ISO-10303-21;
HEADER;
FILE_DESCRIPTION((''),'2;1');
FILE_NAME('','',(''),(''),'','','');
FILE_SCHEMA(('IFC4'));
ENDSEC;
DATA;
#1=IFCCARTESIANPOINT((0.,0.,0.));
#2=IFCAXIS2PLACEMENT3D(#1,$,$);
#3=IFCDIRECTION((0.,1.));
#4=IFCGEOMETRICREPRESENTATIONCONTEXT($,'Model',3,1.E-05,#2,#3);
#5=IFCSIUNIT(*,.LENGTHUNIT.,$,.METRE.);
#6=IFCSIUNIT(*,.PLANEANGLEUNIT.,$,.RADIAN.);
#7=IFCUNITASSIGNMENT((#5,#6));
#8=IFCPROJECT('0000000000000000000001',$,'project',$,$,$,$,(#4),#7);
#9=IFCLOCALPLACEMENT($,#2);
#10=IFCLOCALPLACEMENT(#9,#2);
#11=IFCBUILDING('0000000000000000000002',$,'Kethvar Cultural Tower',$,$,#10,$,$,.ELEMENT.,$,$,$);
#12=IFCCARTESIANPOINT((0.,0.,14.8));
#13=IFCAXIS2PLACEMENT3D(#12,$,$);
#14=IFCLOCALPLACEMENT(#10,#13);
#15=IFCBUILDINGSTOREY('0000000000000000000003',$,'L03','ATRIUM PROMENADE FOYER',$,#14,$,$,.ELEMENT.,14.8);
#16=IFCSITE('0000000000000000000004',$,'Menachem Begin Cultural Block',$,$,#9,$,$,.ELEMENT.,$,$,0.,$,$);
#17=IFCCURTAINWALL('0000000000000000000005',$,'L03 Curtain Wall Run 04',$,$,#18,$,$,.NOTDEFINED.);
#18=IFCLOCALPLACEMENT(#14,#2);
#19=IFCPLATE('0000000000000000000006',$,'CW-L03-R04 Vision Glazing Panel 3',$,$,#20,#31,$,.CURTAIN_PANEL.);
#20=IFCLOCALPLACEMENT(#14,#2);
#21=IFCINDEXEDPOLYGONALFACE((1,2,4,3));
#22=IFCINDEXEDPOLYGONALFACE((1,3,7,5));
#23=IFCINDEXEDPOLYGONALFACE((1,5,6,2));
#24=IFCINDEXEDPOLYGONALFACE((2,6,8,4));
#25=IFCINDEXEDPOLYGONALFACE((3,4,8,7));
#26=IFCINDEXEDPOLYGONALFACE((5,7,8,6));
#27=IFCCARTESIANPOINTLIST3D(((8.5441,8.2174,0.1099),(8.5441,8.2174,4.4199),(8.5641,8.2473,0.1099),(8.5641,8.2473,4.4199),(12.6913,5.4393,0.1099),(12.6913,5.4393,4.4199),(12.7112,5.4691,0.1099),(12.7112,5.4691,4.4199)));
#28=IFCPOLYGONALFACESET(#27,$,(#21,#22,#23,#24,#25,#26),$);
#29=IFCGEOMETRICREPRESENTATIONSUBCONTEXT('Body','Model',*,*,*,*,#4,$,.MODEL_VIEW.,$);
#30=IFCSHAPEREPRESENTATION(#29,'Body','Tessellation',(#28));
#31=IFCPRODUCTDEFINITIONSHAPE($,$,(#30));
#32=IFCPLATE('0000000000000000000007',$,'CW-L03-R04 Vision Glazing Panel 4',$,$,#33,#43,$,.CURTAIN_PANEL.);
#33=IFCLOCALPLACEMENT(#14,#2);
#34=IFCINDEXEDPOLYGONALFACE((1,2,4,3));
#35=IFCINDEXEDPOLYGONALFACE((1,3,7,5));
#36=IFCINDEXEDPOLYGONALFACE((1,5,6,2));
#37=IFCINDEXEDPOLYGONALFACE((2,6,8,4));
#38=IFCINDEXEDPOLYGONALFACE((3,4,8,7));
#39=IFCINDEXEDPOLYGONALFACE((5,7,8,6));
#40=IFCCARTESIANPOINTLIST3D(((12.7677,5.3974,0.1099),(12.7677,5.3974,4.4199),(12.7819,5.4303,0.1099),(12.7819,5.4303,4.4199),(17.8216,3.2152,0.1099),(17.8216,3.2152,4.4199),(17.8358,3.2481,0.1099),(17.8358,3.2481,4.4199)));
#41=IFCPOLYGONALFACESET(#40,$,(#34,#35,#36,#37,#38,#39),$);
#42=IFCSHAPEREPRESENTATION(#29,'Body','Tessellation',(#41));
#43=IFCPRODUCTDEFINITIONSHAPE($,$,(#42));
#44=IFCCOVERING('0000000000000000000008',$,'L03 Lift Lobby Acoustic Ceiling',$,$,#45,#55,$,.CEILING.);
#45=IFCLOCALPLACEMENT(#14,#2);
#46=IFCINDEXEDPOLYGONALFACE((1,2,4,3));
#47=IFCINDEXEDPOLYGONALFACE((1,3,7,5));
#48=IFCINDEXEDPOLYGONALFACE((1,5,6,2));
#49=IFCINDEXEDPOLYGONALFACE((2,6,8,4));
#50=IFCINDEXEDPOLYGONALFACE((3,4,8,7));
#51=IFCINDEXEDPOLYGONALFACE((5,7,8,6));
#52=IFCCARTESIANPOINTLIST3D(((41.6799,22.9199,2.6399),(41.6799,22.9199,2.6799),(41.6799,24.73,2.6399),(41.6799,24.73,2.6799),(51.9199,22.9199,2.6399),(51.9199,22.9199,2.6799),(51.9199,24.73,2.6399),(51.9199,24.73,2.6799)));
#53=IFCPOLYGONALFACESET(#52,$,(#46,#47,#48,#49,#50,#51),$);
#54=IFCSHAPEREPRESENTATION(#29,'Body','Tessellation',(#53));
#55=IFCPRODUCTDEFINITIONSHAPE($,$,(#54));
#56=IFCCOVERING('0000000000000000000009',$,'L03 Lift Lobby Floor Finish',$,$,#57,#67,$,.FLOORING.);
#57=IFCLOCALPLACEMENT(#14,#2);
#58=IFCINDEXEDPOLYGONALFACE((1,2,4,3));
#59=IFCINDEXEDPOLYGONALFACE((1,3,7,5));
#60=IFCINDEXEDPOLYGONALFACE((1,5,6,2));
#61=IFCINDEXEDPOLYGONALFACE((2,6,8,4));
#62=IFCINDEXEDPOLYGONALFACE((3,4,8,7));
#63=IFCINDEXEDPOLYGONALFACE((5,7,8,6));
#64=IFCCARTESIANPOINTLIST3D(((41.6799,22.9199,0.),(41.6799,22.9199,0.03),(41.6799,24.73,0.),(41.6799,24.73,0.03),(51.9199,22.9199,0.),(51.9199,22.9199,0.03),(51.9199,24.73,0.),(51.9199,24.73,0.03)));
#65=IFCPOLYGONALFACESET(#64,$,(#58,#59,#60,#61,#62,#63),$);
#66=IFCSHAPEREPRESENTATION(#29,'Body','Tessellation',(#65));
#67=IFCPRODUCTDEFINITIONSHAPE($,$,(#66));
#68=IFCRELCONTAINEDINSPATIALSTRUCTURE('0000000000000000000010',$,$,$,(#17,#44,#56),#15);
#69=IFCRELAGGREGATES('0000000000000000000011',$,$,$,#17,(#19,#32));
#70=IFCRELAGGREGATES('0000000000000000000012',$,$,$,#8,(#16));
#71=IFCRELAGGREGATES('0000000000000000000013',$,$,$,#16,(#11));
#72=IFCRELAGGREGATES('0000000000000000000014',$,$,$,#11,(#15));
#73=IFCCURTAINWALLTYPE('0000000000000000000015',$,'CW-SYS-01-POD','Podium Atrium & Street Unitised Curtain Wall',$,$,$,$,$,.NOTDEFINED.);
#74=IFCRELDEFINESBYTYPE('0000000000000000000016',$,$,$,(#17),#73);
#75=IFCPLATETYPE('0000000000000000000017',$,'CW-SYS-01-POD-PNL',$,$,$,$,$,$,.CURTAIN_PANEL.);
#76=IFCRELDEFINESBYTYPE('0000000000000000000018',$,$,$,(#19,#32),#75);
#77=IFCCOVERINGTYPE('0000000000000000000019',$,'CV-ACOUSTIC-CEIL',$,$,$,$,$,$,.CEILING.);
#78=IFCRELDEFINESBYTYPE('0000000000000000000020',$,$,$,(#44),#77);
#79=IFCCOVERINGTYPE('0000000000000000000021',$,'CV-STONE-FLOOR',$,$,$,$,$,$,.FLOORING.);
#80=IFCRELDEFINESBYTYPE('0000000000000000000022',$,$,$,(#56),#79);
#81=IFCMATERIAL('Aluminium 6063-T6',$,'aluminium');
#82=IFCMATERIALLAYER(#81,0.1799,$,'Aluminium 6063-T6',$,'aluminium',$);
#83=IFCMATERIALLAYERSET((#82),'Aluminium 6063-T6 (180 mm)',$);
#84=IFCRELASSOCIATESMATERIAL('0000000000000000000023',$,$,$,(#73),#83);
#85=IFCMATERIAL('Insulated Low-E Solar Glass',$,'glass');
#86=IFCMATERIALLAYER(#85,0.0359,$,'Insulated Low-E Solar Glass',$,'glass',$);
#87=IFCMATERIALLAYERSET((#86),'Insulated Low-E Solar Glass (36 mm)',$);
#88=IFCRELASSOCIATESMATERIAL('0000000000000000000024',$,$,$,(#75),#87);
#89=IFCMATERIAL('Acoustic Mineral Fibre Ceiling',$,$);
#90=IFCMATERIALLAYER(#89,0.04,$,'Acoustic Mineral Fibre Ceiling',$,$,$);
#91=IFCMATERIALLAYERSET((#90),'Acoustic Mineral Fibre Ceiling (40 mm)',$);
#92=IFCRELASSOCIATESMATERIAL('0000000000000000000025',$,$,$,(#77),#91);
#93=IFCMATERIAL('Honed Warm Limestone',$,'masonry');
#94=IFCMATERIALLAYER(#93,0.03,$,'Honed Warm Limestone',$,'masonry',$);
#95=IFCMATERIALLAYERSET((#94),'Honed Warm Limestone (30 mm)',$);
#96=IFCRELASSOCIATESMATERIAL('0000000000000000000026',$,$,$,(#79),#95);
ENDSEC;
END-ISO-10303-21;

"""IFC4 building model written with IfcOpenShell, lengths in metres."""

from ifc_helpers import new_model, si_unit, direction, frame, origin, origin_2d, place, context, subcontext, project, spatial, polyline, rectangle, outline, extrude, source, transform, mapped, material, layer, layer_set, type_object, element, aggregate, save


model = new_model("IFC4")

# Units and contexts
model_context = context("Model", 3, precision=1e-05, world=origin(), true_north=direction((0.0, 1.0)))
body_context = subcontext(model_context, "Body", "Model", "MODEL_VIEW")
ifc_project = project(units=[si_unit("LENGTHUNIT", "METRE"), si_unit("PLANEANGLEUNIT", "RADIAN")], contexts=[model_context])

# Site, building, storey
site_placement = place(None, origin())
site = spatial("IfcSite", under=ifc_project, at=site_placement, Name="Menachem Begin Cultural Block", CompositionType="ELEMENT", RefElevation=0.0)
building_placement = place(site_placement, origin())
building = spatial("IfcBuilding", under=site, at=building_placement, Name="Kethvar Cultural Tower", CompositionType="ELEMENT")
storey_placement = place(building_placement, frame((0.0, 0.0, 14.8)))
storey = spatial("IfcBuildingStorey", under=building, at=storey_placement, Name="L03", Description="ATRIUM PROMENADE FOYER", CompositionType="ELEMENT", Elevation=14.8)

# Curtain wall
ifc_material_1 = material(Name="Aluminium 6063-T6", Category="aluminium")
ifc_layer_1 = layer(ifc_material_1, 0.1799, Name="Aluminium 6063-T6", Category="aluminium")
ifc_layer_set_1 = layer_set([ifc_layer_1], Name="Aluminium 6063-T6 (180 mm)")
curtain_wall_type = type_object("IfcCurtainWallType", Name="CW-SYS-01-POD", Description="Podium Atrium & Street Unitised Curtain Wall", PredefinedType="NOTDEFINED", material=ifc_layer_set_1)
curtain_wall_placement = place(storey_placement, origin())
curtain_wall = element("IfcCurtainWall", 1, at=curtain_wall_placement, inside=storey, type_object=curtain_wall_type, Name="L03 Curtain Wall Run 04", PredefinedType="NOTDEFINED")

# Plates
ifc_material_2 = material(Name="Insulated Low-E Solar Glass", Category="glass")
ifc_layer_2 = layer(ifc_material_2, 0.0359, Name="Insulated Low-E Solar Glass", Category="glass")
ifc_layer_set_2 = layer_set([ifc_layer_2], Name="Insulated Low-E Solar Glass (36 mm)")
plate_type = type_object("IfcPlateType", Name="CW-SYS-01-POD-PNL", PredefinedType="CURTAIN_PANEL", material=ifc_layer_set_2)
shared_shape_1 = source(origin(), body_context, "Body", "SweptSolid", [
    extrude(rectangle(XDim=4.9917, YDim=0.0359, at=origin_2d()), origin(), (0.0, 0.0, 1.0), 4.3101),
])
plate_1_placement = place(storey_placement, frame((10.6277, 6.8433, 0.1099), z_axis=(0.0, 0.0, 1.0), x_axis=(0.83081, -0.556557, 0.0)))
plate_1 = element("IfcPlate", 2, at=plate_1_placement, type_object=plate_type, Name="CW-L03-R04 Vision Glazing Panel 3", PredefinedType="CURTAIN_PANEL", context=body_context, shape_type="MappedRepresentation", body=[
    mapped(shared_shape_1, transform((0.0, 0.0, 0.0), scale=1.0)),
])
shared_shape_2 = source(origin(), body_context, "Body", "SweptSolid", [
    extrude(rectangle(XDim=5.5049, YDim=0.0359, at=origin_2d()), origin(), (0.0, 0.0, 1.0), 4.3101),
])
plate_2_placement = place(storey_placement, frame((15.3018, 4.3228, 0.1099), z_axis=(0.0, 0.0, 1.0), x_axis=(0.918073, -0.396411, 0.0)))
plate_2 = element("IfcPlate", 3, at=plate_2_placement, type_object=plate_type, Name="CW-L03-R04 Vision Glazing Panel 4", PredefinedType="CURTAIN_PANEL", context=body_context, shape_type="MappedRepresentation", body=[
    mapped(shared_shape_2, transform((0.0, 0.0, 0.0), scale=1.0)),
])
aggregate(curtain_wall, [plate_1, plate_2])

# Coverings
ifc_material_3 = material(Name="Acoustic Mineral Fibre Ceiling")
ifc_layer_3 = layer(ifc_material_3, 0.04, Name="Acoustic Mineral Fibre Ceiling")
ifc_layer_set_3 = layer_set([ifc_layer_3], Name="Acoustic Mineral Fibre Ceiling (40 mm)")
covering_type_1 = type_object("IfcCoveringType", Name="CV-ACOUSTIC-CEIL", PredefinedType="CEILING", material=ifc_layer_set_3)
covering_1_placement = place(storey_placement, frame((0.0, 0.0, 2.6399)))
element("IfcCovering", 4, at=covering_1_placement, inside=storey, type_object=covering_type_1, Name="L03 Lift Lobby Acoustic Ceiling", PredefinedType="CEILING", context=body_context, shape_type="SweptSolid", body=[
    extrude(outline(polyline([(41.6799, 22.9199), (51.9199, 22.9199), (51.9199, 24.73), (41.6799, 24.73), (41.6799, 22.9199)])), origin(), (0.0, 0.0, 1.0), 0.04),
])
ifc_material_4 = material(Name="Honed Warm Limestone", Category="masonry")
ifc_layer_4 = layer(ifc_material_4, 0.03, Name="Honed Warm Limestone", Category="masonry")
ifc_layer_set_4 = layer_set([ifc_layer_4], Name="Honed Warm Limestone (30 mm)")
covering_type_2 = type_object("IfcCoveringType", Name="CV-STONE-FLOOR", PredefinedType="FLOORING", material=ifc_layer_set_4)
covering_2_placement = place(storey_placement, origin())
element("IfcCovering", 5, at=covering_2_placement, inside=storey, type_object=covering_type_2, Name="L03 Lift Lobby Floor Finish", PredefinedType="FLOORING", context=body_context, shape_type="SweptSolid", body=[
    extrude(outline(polyline([(41.6799, 22.9199), (51.9199, 22.9199), (51.9199, 24.73), (41.6799, 24.73), (41.6799, 22.9199)])), origin(), (0.0, 0.0, 1.0), 0.03),
])

save(model, "model.ifc")
